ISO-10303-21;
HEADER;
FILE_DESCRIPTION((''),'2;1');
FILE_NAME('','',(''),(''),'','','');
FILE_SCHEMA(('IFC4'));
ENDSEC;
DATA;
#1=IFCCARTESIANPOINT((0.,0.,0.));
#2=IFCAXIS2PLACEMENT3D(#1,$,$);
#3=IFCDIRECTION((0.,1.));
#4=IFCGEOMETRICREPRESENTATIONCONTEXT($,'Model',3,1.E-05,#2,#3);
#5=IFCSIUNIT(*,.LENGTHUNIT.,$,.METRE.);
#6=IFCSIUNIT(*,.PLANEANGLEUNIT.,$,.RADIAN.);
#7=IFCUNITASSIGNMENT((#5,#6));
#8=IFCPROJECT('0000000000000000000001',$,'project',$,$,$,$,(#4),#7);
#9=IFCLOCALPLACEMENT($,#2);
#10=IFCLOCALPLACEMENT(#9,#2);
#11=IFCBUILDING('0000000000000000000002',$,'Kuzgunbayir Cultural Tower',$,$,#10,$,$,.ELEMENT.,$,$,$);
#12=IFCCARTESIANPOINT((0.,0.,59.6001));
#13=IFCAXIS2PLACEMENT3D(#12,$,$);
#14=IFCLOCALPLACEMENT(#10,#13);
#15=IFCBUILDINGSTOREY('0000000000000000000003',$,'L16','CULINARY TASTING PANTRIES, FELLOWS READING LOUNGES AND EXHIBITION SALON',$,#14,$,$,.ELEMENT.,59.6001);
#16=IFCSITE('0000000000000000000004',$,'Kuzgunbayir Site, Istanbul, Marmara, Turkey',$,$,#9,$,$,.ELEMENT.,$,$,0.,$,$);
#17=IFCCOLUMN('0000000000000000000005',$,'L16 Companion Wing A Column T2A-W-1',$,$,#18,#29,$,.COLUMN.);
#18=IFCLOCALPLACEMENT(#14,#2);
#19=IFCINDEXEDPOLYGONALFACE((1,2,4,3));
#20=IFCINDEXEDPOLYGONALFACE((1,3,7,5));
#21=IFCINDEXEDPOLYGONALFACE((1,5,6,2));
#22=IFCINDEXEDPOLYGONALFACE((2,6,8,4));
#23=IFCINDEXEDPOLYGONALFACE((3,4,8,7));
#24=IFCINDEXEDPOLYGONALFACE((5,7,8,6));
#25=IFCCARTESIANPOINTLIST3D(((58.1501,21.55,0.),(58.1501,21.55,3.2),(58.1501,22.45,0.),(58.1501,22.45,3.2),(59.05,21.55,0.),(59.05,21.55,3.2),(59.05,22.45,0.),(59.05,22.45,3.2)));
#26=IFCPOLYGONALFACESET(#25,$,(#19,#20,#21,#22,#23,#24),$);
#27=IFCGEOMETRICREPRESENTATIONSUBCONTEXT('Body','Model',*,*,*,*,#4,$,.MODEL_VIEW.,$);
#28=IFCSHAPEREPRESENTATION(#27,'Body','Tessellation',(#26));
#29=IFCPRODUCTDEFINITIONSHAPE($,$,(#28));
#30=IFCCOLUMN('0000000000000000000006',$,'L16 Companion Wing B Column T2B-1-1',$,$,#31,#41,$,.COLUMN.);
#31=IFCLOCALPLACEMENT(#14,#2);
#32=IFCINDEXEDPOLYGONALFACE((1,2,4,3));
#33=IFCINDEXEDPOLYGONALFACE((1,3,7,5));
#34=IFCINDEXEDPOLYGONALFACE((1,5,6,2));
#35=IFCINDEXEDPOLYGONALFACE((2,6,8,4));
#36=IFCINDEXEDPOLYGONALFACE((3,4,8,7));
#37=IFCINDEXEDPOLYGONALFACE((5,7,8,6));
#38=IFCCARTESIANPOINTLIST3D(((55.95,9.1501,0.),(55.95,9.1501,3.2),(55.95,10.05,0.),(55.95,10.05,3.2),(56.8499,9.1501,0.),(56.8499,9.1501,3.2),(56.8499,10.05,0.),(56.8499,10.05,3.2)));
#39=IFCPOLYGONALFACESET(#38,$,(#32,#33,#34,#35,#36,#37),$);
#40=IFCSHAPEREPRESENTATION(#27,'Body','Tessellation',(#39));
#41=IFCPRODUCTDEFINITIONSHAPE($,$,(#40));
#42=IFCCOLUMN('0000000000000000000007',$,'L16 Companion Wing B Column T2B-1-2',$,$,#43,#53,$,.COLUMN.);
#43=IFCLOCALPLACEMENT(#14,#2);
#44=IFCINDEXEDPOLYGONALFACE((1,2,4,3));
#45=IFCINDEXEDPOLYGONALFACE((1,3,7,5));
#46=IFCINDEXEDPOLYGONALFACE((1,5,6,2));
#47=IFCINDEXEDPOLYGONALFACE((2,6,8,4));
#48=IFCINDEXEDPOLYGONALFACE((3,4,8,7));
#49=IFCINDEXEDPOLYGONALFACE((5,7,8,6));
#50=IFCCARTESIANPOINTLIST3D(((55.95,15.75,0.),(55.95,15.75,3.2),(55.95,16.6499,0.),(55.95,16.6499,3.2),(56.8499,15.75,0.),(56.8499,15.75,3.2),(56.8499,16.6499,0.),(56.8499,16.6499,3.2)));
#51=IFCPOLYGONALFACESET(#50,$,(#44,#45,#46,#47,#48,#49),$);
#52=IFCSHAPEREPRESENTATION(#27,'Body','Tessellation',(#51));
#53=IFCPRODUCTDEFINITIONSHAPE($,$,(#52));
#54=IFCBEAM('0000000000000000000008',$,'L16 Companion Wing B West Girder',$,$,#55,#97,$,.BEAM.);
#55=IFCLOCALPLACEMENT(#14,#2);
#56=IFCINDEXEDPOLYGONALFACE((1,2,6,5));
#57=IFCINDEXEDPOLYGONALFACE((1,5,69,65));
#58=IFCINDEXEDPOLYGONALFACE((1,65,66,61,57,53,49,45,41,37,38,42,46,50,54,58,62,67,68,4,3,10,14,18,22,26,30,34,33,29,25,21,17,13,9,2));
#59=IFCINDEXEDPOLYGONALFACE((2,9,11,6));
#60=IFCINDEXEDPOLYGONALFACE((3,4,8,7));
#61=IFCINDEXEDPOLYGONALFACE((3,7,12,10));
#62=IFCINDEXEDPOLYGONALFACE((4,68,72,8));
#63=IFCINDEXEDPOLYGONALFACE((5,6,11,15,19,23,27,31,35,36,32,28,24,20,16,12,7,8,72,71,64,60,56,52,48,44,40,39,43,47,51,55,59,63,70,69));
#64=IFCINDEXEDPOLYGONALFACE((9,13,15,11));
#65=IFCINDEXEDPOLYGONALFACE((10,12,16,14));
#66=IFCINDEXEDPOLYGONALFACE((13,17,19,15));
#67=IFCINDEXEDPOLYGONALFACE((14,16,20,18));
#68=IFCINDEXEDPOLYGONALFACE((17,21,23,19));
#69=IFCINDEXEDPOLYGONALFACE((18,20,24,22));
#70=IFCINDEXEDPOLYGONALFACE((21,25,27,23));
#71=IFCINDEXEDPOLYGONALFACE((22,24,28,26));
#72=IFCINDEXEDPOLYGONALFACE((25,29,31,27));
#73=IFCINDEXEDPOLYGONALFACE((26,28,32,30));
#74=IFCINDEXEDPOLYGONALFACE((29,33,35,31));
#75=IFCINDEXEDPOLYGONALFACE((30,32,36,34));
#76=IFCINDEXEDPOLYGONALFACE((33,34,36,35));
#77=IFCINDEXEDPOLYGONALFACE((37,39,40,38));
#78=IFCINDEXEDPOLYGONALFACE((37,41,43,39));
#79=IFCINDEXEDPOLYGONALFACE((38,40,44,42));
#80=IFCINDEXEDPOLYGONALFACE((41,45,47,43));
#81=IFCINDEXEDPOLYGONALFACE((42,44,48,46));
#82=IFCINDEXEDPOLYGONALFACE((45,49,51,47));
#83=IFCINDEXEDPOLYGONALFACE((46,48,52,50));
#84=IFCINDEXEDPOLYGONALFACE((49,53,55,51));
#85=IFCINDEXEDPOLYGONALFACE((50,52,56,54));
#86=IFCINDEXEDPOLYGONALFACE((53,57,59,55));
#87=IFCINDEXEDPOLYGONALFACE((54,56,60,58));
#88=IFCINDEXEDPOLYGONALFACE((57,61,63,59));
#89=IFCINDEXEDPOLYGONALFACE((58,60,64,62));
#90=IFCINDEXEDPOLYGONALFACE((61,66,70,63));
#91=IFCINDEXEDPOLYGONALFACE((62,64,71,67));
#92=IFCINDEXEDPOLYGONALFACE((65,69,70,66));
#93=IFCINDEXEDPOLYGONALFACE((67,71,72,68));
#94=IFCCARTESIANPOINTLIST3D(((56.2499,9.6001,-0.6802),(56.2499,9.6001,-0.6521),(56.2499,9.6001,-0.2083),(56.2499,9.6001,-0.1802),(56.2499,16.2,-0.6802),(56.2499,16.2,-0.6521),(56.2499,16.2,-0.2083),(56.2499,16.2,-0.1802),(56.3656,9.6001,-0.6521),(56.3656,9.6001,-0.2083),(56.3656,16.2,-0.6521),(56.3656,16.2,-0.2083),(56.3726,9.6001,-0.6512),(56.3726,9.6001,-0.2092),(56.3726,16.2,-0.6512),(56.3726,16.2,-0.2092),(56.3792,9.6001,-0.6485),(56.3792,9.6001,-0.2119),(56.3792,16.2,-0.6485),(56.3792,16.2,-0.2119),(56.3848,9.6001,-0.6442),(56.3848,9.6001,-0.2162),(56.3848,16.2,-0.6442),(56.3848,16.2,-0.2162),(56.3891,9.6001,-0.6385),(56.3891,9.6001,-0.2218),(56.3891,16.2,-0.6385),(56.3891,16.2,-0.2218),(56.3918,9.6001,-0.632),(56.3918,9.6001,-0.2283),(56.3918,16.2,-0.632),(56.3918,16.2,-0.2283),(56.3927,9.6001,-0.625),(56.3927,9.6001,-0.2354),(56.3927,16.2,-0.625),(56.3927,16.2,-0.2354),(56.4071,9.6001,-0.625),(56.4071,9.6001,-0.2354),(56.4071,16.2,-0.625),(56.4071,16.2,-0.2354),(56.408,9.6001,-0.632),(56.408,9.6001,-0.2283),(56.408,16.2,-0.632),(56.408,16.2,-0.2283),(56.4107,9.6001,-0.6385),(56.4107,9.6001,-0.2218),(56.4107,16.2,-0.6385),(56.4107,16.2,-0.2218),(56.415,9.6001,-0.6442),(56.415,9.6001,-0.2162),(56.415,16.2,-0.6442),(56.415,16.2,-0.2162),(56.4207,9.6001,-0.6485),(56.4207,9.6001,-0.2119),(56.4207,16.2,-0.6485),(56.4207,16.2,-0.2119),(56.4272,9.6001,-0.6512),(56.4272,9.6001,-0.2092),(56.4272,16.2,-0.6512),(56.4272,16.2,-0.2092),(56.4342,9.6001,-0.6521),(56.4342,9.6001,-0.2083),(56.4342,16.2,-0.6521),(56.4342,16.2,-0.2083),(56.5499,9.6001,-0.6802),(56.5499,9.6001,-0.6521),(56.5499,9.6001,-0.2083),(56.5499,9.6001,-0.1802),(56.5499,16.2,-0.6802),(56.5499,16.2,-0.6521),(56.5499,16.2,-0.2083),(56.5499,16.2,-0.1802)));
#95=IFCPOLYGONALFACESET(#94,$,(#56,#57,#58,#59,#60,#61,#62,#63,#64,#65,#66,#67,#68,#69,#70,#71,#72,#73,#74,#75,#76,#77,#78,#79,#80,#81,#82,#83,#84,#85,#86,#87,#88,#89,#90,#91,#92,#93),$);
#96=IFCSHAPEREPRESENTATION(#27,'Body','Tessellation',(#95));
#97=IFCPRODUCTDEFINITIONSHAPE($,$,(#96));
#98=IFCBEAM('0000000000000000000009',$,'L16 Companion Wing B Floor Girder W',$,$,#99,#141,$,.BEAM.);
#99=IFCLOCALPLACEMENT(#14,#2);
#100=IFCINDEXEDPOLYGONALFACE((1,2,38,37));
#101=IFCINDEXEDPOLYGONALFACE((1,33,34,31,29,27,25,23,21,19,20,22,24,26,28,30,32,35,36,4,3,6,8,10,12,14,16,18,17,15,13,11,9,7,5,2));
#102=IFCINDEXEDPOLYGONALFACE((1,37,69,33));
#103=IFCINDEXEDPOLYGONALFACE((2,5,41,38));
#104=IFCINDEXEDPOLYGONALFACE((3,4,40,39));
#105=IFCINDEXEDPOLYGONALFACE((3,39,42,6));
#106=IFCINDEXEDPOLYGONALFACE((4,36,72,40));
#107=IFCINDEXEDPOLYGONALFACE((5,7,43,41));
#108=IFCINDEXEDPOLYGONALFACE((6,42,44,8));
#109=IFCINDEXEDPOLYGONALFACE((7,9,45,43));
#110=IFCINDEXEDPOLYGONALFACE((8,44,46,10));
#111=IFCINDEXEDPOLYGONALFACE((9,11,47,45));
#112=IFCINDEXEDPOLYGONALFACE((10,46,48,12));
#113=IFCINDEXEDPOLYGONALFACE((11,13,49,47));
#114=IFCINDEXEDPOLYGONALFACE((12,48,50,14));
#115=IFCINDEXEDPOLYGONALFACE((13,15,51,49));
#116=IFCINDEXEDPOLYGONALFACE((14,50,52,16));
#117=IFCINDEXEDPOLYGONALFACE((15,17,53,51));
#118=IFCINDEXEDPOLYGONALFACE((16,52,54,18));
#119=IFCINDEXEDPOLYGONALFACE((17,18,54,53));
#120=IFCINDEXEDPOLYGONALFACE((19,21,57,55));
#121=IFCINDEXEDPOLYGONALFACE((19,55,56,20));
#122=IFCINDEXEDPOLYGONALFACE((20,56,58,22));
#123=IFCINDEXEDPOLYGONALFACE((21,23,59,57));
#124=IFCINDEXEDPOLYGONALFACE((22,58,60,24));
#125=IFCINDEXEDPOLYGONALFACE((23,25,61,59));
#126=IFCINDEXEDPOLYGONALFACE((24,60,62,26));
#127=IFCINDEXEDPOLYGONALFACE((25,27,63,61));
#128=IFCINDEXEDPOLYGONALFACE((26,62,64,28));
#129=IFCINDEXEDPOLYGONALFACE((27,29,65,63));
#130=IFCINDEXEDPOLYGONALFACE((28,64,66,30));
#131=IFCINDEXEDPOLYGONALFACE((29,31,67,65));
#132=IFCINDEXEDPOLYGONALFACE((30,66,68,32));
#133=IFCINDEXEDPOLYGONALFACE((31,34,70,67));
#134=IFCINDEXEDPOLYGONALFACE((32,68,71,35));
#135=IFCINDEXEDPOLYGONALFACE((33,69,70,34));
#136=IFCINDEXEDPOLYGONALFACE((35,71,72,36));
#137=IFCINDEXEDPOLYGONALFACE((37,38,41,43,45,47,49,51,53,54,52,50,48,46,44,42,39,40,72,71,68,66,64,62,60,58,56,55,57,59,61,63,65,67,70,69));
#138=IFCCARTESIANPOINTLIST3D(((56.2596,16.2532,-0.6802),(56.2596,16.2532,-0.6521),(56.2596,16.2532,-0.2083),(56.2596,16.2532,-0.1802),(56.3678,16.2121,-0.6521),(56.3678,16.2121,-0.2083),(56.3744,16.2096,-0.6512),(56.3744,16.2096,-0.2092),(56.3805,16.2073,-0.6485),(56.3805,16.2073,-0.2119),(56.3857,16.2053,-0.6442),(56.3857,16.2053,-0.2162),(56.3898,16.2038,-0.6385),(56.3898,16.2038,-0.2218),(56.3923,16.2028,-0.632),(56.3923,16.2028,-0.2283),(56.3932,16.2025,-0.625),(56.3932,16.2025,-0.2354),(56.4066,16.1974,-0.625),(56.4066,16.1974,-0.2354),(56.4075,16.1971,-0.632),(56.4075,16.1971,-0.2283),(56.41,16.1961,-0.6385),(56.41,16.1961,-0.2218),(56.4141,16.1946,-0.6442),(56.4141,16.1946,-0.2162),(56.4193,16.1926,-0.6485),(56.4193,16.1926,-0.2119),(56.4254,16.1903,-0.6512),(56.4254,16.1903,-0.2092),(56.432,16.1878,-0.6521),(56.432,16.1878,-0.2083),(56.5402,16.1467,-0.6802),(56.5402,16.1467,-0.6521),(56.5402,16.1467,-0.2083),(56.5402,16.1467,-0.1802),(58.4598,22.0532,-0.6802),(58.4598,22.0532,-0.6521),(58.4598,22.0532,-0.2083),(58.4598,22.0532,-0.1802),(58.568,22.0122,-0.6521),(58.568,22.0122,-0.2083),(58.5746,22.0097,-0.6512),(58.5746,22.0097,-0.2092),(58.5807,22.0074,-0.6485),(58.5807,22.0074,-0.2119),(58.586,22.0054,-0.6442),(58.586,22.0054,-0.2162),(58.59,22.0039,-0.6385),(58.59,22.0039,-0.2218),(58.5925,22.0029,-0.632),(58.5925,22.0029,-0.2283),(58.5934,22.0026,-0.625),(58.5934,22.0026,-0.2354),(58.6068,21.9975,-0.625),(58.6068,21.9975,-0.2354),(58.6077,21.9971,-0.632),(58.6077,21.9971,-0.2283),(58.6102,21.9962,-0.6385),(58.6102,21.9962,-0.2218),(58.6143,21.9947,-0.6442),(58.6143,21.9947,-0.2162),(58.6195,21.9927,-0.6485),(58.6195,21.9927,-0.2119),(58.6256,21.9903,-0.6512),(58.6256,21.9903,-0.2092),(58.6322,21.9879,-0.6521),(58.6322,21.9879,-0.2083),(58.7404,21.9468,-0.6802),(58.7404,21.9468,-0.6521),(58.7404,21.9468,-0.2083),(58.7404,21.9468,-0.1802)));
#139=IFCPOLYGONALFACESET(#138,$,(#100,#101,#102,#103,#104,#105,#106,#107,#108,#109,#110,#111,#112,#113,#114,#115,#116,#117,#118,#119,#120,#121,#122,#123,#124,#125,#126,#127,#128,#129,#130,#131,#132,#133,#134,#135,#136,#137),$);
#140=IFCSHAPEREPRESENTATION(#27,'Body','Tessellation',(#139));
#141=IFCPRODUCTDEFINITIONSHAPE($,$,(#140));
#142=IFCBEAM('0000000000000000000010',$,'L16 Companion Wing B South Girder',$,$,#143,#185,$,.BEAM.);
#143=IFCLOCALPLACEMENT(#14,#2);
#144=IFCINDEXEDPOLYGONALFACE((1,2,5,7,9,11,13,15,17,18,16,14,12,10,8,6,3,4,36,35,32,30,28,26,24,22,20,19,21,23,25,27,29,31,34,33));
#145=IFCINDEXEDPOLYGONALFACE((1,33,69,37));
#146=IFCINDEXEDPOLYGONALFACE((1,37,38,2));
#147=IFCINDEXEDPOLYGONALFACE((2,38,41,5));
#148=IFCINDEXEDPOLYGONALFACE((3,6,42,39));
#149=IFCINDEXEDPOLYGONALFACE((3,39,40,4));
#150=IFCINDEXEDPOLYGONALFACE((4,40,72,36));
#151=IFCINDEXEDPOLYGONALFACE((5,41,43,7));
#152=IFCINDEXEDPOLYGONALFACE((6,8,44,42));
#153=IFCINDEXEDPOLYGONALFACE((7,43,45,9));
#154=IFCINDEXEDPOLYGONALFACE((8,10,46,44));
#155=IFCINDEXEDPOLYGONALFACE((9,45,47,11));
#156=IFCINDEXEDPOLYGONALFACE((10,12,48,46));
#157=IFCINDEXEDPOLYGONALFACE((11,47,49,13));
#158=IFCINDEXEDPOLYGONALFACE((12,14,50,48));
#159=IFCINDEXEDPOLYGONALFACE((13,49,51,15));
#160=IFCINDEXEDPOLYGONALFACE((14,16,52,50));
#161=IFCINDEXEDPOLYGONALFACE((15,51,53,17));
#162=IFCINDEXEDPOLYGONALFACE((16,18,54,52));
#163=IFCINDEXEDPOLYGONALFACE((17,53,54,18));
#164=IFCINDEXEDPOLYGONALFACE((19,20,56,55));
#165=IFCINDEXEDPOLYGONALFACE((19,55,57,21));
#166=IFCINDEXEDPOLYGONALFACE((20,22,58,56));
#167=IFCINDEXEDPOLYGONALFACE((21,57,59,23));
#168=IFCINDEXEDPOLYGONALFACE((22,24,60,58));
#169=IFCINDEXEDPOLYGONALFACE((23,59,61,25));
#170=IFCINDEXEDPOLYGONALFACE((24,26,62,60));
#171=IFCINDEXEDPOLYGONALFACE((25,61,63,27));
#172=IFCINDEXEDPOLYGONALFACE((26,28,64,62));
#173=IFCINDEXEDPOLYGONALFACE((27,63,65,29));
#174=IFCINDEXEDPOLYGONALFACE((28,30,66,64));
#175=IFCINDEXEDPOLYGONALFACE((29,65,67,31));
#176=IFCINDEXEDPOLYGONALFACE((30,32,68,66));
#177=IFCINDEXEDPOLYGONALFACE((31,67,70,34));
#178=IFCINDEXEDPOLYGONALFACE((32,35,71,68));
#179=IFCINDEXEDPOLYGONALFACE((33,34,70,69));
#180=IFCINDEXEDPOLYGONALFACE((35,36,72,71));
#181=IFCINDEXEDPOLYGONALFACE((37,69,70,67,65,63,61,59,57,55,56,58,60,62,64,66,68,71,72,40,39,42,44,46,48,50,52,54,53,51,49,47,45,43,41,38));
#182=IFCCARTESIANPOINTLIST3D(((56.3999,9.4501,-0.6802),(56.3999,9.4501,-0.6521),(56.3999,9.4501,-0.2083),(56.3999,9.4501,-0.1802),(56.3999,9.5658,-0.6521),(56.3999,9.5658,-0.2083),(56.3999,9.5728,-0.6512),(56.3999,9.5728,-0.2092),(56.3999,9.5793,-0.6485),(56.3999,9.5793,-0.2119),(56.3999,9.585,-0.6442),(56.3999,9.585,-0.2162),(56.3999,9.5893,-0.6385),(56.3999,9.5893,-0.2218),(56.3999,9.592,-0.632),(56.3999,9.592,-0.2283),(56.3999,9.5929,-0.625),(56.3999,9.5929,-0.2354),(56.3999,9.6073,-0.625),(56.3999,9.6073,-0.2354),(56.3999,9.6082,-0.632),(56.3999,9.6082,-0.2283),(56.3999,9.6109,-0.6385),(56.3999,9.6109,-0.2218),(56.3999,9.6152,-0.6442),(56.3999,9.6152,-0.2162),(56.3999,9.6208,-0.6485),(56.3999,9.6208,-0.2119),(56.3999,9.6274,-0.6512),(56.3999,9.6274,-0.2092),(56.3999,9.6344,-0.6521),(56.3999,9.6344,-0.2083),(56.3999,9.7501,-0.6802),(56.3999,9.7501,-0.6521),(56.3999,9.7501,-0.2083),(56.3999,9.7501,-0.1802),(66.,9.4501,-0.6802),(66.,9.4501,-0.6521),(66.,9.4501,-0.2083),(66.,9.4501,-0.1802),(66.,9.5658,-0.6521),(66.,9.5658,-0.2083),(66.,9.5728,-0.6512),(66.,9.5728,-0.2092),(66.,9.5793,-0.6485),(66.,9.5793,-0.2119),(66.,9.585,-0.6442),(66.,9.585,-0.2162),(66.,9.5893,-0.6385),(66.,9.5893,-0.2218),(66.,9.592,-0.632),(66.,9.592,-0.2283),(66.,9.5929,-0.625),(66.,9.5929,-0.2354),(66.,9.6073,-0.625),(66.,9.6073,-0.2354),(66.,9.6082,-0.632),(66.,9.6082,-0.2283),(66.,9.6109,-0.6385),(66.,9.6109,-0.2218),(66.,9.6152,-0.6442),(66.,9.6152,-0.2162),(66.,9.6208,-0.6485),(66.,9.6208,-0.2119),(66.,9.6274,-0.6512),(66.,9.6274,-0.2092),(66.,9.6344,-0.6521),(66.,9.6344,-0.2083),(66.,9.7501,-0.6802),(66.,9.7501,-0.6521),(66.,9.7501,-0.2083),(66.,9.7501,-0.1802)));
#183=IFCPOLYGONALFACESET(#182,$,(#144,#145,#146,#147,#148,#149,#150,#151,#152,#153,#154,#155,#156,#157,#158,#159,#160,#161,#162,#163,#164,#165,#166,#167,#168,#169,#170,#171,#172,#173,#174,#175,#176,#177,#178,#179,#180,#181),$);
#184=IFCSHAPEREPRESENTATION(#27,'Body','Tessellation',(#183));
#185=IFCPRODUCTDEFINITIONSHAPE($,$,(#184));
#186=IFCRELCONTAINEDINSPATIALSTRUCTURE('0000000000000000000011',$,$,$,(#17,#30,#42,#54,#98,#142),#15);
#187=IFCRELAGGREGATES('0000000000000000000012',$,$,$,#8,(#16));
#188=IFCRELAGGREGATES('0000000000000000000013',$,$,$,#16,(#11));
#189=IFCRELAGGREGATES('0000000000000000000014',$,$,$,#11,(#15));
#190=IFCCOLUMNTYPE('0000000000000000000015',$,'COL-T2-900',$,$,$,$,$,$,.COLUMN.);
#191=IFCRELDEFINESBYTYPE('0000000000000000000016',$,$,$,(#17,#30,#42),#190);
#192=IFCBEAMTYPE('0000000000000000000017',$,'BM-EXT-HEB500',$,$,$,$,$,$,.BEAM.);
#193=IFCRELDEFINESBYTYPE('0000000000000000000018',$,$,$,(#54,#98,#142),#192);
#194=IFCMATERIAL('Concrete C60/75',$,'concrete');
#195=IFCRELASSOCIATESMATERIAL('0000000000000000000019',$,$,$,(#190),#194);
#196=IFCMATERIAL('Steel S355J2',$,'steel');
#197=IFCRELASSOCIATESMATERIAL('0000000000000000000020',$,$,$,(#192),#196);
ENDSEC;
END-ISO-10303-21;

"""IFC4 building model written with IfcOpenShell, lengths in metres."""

from ifc_helpers import new_model, si_unit, direction, frame, origin, origin_2d, place, context, subcontext, project, spatial, rectangle, i_section, extrude, material, material_profile, profile_set, type_object, element, save


model = new_model("IFC4")

# Units and contexts
model_context = context("Model", 3, precision=1e-05, world=origin(), true_north=direction((0.0, 1.0)))
body_context = subcontext(model_context, "Body", "Model", "MODEL_VIEW")
ifc_project = project(units=[si_unit("LENGTHUNIT", "METRE"), si_unit("PLANEANGLEUNIT", "RADIAN")], contexts=[model_context])

# Site, building, storey
site_placement = place(None, origin())
site = spatial("IfcSite", under=ifc_project, at=site_placement, Name="Kuzgunbayir Site, Istanbul, Marmara, Turkey", CompositionType="ELEMENT", RefElevation=0.0)
building_placement = place(site_placement, origin())
building = spatial("IfcBuilding", under=site, at=building_placement, Name="Kuzgunbayir Cultural Tower", CompositionType="ELEMENT")
storey_placement = place(building_placement, frame((0.0, 0.0, 59.6001)))
storey = spatial("IfcBuildingStorey", under=building, at=storey_placement, Name="L16", Description="CULINARY TASTING PANTRIES, FELLOWS READING LOUNGES AND EXHIBITION SALON", CompositionType="ELEMENT", Elevation=59.6001)

# Columns
ifc_material_1 = material(Name="Concrete C60/75", Category="concrete")
ifc_material_profile_1 = material_profile(ifc_material_1, rectangle(XDim=0.8999, YDim=0.8999, at=origin_2d()), Name="RC 900x900")
ifc_profile_set_1 = profile_set([ifc_material_profile_1], Name="Concrete C60/75")
column_type = type_object("IfcColumnType", Name="COL-T2-900", PredefinedType="COLUMN", material=ifc_profile_set_1)
for number, where, z_axis, x_axis, name in (
    (1, (58.6001, 22.0, 0.0), (0.0, 0.0, 1.0), (1.0, 0.0, 0.0), "L16 Companion Wing A Column T2A-W-1"),
    (2, (56.3999, 9.6001, 0.0), (0.0, 0.0, 1.0), (1.0, 0.0, 0.0), "L16 Companion Wing B Column T2B-1-1"),
    (3, (56.3999, 16.2, 0.0), (0.0, 0.0, 1.0), (1.0, 0.0, 0.0), "L16 Companion Wing B Column T2B-1-2"),
):
    element("IfcColumn", number, at=place(storey_placement, frame(where, z_axis=z_axis, x_axis=x_axis)), inside=storey, type_object=column_type, Name=name, PredefinedType="COLUMN", context=body_context, shape_type="SweptSolid", body=[
        extrude(rectangle(XDim=0.8999, YDim=0.8999, at=origin_2d()), origin(), (0.0, 0.0, 1.0), 3.2),
    ])

# Beams
ifc_material_2 = material(Name="Steel S355J2", Category="steel")
ifc_material_profile_2 = material_profile(ifc_material_2, i_section(OverallWidth=0.3, OverallDepth=0.5, WebThickness=0.0144, FlangeThickness=0.0281, FilletRadius=0.0271, at=origin_2d()), Name="HEB 500")
ifc_profile_set_2 = profile_set([ifc_material_profile_2], Name="Steel S355J2")
beam_type_1 = type_object("IfcBeamType", Name="BM-EXT-HEB500", PredefinedType="BEAM", material=ifc_profile_set_2)
beam_1_placement = place(storey_placement, frame((56.3999, 9.6001, -0.4302), z_axis=(0.0, 1.0, 0.0), x_axis=(-1.0, 0.0, 0.0)))
element("IfcBeam", 4, at=beam_1_placement, inside=storey, type_object=beam_type_1, Name="L16 Companion Wing B West Girder", PredefinedType="BEAM", context=body_context, shape_type="SweptSolid", body=[
    extrude(i_section(OverallWidth=0.3, OverallDepth=0.5, WebThickness=0.0144, FlangeThickness=0.0281, FilletRadius=0.0271, at=origin_2d()), origin(), (0.0, 0.0, 1.0), 6.5999),
])
beam_2_placement = place(storey_placement, frame((56.3999, 16.2, -0.4302), z_axis=(0.354679, 0.934988, 0.0), x_axis=(-0.934988, 0.354679, 0.0)))
element("IfcBeam", 5, at=beam_2_placement, inside=storey, type_object=beam_type_1, Name="L16 Companion Wing B Floor Girder W", PredefinedType="BEAM", context=body_context, shape_type="SweptSolid", body=[
    extrude(i_section(OverallWidth=0.3, OverallDepth=0.5, WebThickness=0.0144, FlangeThickness=0.0281, FilletRadius=0.0271, at=origin_2d()), origin(), (0.0, 0.0, 1.0), 6.2034),
])
beam_3_placement = place(storey_placement, frame((56.3999, 9.6001, -0.4302), z_axis=(1.0, 0.0, 0.0), x_axis=(0.0, 1.0, 0.0)))
element("IfcBeam", 6, at=beam_3_placement, inside=storey, type_object=beam_type_1, Name="L16 Companion Wing B South Girder", PredefinedType="BEAM", context=body_context, shape_type="SweptSolid", body=[
    extrude(i_section(OverallWidth=0.3, OverallDepth=0.5, WebThickness=0.0144, FlangeThickness=0.0281, FilletRadius=0.0271, at=origin_2d()), origin(), (0.0, 0.0, 1.0), 9.6001),
])

save(model, "model.ifc")
